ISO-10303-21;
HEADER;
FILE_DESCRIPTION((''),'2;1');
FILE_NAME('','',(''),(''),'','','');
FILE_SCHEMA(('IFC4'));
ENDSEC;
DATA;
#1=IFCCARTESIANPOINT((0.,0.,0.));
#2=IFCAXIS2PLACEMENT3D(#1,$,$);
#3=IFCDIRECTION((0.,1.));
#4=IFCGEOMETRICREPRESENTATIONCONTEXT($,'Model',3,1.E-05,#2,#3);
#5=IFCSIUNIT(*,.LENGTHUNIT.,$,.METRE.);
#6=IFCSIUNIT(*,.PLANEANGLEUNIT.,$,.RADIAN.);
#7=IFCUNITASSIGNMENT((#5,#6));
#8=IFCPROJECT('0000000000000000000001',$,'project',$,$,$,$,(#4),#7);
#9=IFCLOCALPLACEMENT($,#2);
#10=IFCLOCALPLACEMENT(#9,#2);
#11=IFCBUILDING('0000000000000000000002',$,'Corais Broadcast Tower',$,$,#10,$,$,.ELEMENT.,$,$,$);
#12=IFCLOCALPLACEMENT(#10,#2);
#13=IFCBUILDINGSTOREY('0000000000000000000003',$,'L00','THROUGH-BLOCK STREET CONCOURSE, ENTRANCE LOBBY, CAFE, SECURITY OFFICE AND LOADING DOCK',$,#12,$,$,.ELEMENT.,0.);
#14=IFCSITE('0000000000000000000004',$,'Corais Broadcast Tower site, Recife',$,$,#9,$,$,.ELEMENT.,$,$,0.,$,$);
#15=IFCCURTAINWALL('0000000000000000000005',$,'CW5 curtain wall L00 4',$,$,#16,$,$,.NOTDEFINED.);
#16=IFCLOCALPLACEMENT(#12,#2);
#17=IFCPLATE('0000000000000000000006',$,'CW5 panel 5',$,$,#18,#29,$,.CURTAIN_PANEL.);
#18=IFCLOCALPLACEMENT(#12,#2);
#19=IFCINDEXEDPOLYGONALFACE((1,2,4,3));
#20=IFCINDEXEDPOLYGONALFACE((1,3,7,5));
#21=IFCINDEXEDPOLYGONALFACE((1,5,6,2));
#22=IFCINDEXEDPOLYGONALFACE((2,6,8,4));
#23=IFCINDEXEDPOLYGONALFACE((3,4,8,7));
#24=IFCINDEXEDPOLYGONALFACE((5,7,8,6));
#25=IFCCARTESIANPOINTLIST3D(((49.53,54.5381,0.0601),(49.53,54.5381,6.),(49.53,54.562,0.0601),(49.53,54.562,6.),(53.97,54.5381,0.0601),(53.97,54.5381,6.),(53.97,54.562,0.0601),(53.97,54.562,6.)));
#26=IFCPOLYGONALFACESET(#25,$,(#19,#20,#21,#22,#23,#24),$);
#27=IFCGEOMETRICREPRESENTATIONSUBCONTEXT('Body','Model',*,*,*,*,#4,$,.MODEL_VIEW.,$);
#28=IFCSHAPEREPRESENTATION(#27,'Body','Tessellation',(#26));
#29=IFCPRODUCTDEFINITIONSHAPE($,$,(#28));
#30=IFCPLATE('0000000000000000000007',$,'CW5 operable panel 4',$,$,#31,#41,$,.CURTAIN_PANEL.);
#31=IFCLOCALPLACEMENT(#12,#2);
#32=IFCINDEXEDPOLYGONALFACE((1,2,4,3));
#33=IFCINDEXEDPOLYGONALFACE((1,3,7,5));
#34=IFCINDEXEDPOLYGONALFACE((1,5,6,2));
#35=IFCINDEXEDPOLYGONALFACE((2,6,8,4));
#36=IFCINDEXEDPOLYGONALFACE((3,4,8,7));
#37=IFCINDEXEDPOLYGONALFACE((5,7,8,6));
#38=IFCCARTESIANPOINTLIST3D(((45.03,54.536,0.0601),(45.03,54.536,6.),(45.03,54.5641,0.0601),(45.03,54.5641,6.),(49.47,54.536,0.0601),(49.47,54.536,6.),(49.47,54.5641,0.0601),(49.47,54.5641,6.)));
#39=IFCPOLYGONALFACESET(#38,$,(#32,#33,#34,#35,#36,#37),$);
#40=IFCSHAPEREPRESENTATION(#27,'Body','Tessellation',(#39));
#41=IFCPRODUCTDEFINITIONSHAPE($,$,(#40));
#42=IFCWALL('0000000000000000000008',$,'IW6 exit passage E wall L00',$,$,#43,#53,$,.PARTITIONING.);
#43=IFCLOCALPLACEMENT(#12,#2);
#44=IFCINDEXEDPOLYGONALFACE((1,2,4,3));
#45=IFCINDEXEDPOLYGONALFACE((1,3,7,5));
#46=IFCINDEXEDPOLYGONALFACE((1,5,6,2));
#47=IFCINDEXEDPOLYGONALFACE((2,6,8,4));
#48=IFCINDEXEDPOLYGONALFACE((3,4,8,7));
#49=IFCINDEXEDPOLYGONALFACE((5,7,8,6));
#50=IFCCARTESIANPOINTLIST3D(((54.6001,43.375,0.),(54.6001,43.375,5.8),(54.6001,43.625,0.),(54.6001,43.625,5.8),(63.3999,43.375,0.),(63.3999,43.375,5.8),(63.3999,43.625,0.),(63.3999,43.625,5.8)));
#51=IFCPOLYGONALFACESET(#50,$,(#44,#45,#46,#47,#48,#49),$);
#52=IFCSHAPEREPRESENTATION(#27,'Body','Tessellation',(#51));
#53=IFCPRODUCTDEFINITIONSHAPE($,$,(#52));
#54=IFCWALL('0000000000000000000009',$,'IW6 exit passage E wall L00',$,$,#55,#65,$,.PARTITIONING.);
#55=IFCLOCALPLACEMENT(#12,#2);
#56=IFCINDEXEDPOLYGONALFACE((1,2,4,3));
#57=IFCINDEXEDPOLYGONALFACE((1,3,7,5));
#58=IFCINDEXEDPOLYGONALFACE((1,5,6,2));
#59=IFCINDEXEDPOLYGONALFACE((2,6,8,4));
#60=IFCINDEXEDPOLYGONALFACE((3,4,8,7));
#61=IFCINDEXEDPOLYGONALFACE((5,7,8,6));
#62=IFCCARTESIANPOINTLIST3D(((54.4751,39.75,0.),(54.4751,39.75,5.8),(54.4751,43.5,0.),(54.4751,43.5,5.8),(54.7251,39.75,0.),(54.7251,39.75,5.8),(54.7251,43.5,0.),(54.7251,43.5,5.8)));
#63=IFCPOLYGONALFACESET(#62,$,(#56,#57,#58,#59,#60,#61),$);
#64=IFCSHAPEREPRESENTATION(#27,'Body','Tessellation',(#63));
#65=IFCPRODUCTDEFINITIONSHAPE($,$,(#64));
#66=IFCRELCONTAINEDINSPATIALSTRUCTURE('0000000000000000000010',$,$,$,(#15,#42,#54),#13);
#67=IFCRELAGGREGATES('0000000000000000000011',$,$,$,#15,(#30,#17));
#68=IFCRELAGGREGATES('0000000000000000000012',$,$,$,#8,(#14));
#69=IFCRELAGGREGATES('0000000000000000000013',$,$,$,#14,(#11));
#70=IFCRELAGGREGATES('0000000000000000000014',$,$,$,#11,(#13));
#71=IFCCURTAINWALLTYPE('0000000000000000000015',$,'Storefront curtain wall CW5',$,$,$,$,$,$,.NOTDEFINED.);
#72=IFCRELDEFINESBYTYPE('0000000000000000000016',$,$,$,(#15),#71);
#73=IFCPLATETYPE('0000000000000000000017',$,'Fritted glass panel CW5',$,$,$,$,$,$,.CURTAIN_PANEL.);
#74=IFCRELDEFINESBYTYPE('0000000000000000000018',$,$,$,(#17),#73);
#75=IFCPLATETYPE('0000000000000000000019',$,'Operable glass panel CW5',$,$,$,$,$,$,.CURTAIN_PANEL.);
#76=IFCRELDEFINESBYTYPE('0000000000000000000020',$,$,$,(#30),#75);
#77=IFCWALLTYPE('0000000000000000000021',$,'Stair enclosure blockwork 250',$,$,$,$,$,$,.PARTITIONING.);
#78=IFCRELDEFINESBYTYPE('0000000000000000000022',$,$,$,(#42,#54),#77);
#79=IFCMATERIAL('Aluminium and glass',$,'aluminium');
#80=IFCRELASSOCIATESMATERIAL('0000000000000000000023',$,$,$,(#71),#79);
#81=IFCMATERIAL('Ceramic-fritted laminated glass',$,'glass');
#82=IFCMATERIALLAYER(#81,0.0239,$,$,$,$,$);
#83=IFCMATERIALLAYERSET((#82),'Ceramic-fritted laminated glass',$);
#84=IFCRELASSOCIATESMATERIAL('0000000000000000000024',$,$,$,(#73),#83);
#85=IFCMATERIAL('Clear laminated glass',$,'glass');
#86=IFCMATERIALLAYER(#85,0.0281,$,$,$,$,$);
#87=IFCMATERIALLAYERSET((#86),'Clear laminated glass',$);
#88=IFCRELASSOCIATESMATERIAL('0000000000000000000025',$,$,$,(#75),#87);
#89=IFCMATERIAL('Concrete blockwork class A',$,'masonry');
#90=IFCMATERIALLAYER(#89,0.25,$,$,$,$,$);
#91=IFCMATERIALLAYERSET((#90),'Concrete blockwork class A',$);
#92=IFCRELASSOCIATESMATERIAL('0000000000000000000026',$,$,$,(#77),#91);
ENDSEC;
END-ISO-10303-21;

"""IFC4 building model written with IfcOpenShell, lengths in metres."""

from ifc_helpers import new_model, si_unit, direction, frame, frame_2d, origin, origin_2d, place, context, subcontext, project, spatial, rectangle, extrude, material, layer, layer_set, type_object, element, aggregate, save


model = new_model("IFC4")

# Units and contexts
model_context = context("Model", 3, precision=1e-05, world=origin(), true_north=direction((0.0, 1.0)))
body_context = subcontext(model_context, "Body", "Model", "MODEL_VIEW")
ifc_project = project(units=[si_unit("LENGTHUNIT", "METRE"), si_unit("PLANEANGLEUNIT", "RADIAN")], contexts=[model_context])

# Site, building, storey
site_placement = place(None, origin())
site = spatial("IfcSite", under=ifc_project, at=site_placement, Name="Corais Broadcast Tower site, Recife", CompositionType="ELEMENT", RefElevation=0.0)
building_placement = place(site_placement, origin())
building = spatial("IfcBuilding", under=site, at=building_placement, Name="Corais Broadcast Tower", CompositionType="ELEMENT")
storey_placement = place(building_placement, origin())
storey = spatial("IfcBuildingStorey", under=building, at=storey_placement, Name="L00", Description="THROUGH-BLOCK STREET CONCOURSE, ENTRANCE LOBBY, CAFE, SECURITY OFFICE AND LOADING DOCK", CompositionType="ELEMENT", Elevation=0.0)

# Curtain wall, plates
ifc_material_1 = material(Name="Aluminium and glass", Category="aluminium")
curtain_wall_type = type_object("IfcCurtainWallType", Name="Storefront curtain wall CW5", PredefinedType="NOTDEFINED", material=ifc_material_1)
curtain_wall_placement = place(storey_placement, origin())
curtain_wall = element("IfcCurtainWall", 1, at=curtain_wall_placement, inside=storey, type_object=curtain_wall_type, Name="CW5 curtain wall L00 4", PredefinedType="NOTDEFINED")
ifc_material_2 = material(Name="Ceramic-fritted laminated glass", Category="glass")
ifc_layer_1 = layer(ifc_material_2, 0.0239)
ifc_layer_set_1 = layer_set([ifc_layer_1], Name="Ceramic-fritted laminated glass")
plate_type_1 = type_object("IfcPlateType", Name="Fritted glass panel CW5", PredefinedType="CURTAIN_PANEL", material=ifc_layer_set_1)
plate_1_placement = place(storey_placement, frame((51.75, 54.55, 0.0601), z_axis=(0.0, 0.0, 1.0), x_axis=(1.0, 0.0, 0.0)))
plate_1 = element("IfcPlate", 2, at=plate_1_placement, type_object=plate_type_1, Name="CW5 panel 5", PredefinedType="CURTAIN_PANEL", context=body_context, shape_type="SweptSolid", body=[
    extrude(rectangle(XDim=4.4399, YDim=0.0239, at=origin_2d()), origin(), (0.0, 0.0, 1.0), 5.9399),
])
ifc_material_3 = material(Name="Clear laminated glass", Category="glass")
ifc_layer_2 = layer(ifc_material_3, 0.0281)
ifc_layer_set_2 = layer_set([ifc_layer_2], Name="Clear laminated glass")
plate_type_2 = type_object("IfcPlateType", Name="Operable glass panel CW5", PredefinedType="CURTAIN_PANEL", material=ifc_layer_set_2)
plate_2_placement = place(storey_placement, frame((47.25, 54.55, 0.0601), z_axis=(0.0, 0.0, 1.0), x_axis=(1.0, 0.0, 0.0)))
plate_2 = element("IfcPlate", 3, at=plate_2_placement, type_object=plate_type_2, Name="CW5 operable panel 4", PredefinedType="CURTAIN_PANEL", context=body_context, shape_type="SweptSolid", body=[
    extrude(rectangle(XDim=4.4399, YDim=0.0281, at=origin_2d()), origin(), (0.0, 0.0, 1.0), 5.9399),
])
aggregate(curtain_wall, [plate_2, plate_1])

# Walls
ifc_material_4 = material(Name="Concrete blockwork class A", Category="masonry")
ifc_layer_3 = layer(ifc_material_4, 0.25)
ifc_layer_set_3 = layer_set([ifc_layer_3], Name="Concrete blockwork class A")
wall_type = type_object("IfcWallType", Name="Stair enclosure blockwork 250", PredefinedType="PARTITIONING", material=ifc_layer_set_3)
wall_1_placement = place(storey_placement, frame((54.6001, 43.5, 0.0), z_axis=(0.0, 0.0, 1.0), x_axis=(1.0, 0.0, 0.0)))
element("IfcWall", 4, at=wall_1_placement, inside=storey, type_object=wall_type, Name="IW6 exit passage E wall L00", PredefinedType="PARTITIONING", context=body_context, shape_type="SweptSolid", body=[
    extrude(rectangle(XDim=8.7998, YDim=0.25, at=frame_2d((4.3999, 0.0))), origin(), (0.0, 0.0, 1.0), 5.8),
])
wall_2_placement = place(storey_placement, frame((54.6001, 43.5, 0.0), z_axis=(0.0, 0.0, 1.0), x_axis=(0.0, -1.0, 0.0)))
element("IfcWall", 5, at=wall_2_placement, inside=storey, type_object=wall_type, Name="IW6 exit passage E wall L00", PredefinedType="PARTITIONING", context=body_context, shape_type="SweptSolid", body=[
    extrude(rectangle(XDim=3.75, YDim=0.25, at=frame_2d((1.875, 0.0))), origin(), (0.0, 0.0, 1.0), 5.8),
])

save(model, "model.ifc")
